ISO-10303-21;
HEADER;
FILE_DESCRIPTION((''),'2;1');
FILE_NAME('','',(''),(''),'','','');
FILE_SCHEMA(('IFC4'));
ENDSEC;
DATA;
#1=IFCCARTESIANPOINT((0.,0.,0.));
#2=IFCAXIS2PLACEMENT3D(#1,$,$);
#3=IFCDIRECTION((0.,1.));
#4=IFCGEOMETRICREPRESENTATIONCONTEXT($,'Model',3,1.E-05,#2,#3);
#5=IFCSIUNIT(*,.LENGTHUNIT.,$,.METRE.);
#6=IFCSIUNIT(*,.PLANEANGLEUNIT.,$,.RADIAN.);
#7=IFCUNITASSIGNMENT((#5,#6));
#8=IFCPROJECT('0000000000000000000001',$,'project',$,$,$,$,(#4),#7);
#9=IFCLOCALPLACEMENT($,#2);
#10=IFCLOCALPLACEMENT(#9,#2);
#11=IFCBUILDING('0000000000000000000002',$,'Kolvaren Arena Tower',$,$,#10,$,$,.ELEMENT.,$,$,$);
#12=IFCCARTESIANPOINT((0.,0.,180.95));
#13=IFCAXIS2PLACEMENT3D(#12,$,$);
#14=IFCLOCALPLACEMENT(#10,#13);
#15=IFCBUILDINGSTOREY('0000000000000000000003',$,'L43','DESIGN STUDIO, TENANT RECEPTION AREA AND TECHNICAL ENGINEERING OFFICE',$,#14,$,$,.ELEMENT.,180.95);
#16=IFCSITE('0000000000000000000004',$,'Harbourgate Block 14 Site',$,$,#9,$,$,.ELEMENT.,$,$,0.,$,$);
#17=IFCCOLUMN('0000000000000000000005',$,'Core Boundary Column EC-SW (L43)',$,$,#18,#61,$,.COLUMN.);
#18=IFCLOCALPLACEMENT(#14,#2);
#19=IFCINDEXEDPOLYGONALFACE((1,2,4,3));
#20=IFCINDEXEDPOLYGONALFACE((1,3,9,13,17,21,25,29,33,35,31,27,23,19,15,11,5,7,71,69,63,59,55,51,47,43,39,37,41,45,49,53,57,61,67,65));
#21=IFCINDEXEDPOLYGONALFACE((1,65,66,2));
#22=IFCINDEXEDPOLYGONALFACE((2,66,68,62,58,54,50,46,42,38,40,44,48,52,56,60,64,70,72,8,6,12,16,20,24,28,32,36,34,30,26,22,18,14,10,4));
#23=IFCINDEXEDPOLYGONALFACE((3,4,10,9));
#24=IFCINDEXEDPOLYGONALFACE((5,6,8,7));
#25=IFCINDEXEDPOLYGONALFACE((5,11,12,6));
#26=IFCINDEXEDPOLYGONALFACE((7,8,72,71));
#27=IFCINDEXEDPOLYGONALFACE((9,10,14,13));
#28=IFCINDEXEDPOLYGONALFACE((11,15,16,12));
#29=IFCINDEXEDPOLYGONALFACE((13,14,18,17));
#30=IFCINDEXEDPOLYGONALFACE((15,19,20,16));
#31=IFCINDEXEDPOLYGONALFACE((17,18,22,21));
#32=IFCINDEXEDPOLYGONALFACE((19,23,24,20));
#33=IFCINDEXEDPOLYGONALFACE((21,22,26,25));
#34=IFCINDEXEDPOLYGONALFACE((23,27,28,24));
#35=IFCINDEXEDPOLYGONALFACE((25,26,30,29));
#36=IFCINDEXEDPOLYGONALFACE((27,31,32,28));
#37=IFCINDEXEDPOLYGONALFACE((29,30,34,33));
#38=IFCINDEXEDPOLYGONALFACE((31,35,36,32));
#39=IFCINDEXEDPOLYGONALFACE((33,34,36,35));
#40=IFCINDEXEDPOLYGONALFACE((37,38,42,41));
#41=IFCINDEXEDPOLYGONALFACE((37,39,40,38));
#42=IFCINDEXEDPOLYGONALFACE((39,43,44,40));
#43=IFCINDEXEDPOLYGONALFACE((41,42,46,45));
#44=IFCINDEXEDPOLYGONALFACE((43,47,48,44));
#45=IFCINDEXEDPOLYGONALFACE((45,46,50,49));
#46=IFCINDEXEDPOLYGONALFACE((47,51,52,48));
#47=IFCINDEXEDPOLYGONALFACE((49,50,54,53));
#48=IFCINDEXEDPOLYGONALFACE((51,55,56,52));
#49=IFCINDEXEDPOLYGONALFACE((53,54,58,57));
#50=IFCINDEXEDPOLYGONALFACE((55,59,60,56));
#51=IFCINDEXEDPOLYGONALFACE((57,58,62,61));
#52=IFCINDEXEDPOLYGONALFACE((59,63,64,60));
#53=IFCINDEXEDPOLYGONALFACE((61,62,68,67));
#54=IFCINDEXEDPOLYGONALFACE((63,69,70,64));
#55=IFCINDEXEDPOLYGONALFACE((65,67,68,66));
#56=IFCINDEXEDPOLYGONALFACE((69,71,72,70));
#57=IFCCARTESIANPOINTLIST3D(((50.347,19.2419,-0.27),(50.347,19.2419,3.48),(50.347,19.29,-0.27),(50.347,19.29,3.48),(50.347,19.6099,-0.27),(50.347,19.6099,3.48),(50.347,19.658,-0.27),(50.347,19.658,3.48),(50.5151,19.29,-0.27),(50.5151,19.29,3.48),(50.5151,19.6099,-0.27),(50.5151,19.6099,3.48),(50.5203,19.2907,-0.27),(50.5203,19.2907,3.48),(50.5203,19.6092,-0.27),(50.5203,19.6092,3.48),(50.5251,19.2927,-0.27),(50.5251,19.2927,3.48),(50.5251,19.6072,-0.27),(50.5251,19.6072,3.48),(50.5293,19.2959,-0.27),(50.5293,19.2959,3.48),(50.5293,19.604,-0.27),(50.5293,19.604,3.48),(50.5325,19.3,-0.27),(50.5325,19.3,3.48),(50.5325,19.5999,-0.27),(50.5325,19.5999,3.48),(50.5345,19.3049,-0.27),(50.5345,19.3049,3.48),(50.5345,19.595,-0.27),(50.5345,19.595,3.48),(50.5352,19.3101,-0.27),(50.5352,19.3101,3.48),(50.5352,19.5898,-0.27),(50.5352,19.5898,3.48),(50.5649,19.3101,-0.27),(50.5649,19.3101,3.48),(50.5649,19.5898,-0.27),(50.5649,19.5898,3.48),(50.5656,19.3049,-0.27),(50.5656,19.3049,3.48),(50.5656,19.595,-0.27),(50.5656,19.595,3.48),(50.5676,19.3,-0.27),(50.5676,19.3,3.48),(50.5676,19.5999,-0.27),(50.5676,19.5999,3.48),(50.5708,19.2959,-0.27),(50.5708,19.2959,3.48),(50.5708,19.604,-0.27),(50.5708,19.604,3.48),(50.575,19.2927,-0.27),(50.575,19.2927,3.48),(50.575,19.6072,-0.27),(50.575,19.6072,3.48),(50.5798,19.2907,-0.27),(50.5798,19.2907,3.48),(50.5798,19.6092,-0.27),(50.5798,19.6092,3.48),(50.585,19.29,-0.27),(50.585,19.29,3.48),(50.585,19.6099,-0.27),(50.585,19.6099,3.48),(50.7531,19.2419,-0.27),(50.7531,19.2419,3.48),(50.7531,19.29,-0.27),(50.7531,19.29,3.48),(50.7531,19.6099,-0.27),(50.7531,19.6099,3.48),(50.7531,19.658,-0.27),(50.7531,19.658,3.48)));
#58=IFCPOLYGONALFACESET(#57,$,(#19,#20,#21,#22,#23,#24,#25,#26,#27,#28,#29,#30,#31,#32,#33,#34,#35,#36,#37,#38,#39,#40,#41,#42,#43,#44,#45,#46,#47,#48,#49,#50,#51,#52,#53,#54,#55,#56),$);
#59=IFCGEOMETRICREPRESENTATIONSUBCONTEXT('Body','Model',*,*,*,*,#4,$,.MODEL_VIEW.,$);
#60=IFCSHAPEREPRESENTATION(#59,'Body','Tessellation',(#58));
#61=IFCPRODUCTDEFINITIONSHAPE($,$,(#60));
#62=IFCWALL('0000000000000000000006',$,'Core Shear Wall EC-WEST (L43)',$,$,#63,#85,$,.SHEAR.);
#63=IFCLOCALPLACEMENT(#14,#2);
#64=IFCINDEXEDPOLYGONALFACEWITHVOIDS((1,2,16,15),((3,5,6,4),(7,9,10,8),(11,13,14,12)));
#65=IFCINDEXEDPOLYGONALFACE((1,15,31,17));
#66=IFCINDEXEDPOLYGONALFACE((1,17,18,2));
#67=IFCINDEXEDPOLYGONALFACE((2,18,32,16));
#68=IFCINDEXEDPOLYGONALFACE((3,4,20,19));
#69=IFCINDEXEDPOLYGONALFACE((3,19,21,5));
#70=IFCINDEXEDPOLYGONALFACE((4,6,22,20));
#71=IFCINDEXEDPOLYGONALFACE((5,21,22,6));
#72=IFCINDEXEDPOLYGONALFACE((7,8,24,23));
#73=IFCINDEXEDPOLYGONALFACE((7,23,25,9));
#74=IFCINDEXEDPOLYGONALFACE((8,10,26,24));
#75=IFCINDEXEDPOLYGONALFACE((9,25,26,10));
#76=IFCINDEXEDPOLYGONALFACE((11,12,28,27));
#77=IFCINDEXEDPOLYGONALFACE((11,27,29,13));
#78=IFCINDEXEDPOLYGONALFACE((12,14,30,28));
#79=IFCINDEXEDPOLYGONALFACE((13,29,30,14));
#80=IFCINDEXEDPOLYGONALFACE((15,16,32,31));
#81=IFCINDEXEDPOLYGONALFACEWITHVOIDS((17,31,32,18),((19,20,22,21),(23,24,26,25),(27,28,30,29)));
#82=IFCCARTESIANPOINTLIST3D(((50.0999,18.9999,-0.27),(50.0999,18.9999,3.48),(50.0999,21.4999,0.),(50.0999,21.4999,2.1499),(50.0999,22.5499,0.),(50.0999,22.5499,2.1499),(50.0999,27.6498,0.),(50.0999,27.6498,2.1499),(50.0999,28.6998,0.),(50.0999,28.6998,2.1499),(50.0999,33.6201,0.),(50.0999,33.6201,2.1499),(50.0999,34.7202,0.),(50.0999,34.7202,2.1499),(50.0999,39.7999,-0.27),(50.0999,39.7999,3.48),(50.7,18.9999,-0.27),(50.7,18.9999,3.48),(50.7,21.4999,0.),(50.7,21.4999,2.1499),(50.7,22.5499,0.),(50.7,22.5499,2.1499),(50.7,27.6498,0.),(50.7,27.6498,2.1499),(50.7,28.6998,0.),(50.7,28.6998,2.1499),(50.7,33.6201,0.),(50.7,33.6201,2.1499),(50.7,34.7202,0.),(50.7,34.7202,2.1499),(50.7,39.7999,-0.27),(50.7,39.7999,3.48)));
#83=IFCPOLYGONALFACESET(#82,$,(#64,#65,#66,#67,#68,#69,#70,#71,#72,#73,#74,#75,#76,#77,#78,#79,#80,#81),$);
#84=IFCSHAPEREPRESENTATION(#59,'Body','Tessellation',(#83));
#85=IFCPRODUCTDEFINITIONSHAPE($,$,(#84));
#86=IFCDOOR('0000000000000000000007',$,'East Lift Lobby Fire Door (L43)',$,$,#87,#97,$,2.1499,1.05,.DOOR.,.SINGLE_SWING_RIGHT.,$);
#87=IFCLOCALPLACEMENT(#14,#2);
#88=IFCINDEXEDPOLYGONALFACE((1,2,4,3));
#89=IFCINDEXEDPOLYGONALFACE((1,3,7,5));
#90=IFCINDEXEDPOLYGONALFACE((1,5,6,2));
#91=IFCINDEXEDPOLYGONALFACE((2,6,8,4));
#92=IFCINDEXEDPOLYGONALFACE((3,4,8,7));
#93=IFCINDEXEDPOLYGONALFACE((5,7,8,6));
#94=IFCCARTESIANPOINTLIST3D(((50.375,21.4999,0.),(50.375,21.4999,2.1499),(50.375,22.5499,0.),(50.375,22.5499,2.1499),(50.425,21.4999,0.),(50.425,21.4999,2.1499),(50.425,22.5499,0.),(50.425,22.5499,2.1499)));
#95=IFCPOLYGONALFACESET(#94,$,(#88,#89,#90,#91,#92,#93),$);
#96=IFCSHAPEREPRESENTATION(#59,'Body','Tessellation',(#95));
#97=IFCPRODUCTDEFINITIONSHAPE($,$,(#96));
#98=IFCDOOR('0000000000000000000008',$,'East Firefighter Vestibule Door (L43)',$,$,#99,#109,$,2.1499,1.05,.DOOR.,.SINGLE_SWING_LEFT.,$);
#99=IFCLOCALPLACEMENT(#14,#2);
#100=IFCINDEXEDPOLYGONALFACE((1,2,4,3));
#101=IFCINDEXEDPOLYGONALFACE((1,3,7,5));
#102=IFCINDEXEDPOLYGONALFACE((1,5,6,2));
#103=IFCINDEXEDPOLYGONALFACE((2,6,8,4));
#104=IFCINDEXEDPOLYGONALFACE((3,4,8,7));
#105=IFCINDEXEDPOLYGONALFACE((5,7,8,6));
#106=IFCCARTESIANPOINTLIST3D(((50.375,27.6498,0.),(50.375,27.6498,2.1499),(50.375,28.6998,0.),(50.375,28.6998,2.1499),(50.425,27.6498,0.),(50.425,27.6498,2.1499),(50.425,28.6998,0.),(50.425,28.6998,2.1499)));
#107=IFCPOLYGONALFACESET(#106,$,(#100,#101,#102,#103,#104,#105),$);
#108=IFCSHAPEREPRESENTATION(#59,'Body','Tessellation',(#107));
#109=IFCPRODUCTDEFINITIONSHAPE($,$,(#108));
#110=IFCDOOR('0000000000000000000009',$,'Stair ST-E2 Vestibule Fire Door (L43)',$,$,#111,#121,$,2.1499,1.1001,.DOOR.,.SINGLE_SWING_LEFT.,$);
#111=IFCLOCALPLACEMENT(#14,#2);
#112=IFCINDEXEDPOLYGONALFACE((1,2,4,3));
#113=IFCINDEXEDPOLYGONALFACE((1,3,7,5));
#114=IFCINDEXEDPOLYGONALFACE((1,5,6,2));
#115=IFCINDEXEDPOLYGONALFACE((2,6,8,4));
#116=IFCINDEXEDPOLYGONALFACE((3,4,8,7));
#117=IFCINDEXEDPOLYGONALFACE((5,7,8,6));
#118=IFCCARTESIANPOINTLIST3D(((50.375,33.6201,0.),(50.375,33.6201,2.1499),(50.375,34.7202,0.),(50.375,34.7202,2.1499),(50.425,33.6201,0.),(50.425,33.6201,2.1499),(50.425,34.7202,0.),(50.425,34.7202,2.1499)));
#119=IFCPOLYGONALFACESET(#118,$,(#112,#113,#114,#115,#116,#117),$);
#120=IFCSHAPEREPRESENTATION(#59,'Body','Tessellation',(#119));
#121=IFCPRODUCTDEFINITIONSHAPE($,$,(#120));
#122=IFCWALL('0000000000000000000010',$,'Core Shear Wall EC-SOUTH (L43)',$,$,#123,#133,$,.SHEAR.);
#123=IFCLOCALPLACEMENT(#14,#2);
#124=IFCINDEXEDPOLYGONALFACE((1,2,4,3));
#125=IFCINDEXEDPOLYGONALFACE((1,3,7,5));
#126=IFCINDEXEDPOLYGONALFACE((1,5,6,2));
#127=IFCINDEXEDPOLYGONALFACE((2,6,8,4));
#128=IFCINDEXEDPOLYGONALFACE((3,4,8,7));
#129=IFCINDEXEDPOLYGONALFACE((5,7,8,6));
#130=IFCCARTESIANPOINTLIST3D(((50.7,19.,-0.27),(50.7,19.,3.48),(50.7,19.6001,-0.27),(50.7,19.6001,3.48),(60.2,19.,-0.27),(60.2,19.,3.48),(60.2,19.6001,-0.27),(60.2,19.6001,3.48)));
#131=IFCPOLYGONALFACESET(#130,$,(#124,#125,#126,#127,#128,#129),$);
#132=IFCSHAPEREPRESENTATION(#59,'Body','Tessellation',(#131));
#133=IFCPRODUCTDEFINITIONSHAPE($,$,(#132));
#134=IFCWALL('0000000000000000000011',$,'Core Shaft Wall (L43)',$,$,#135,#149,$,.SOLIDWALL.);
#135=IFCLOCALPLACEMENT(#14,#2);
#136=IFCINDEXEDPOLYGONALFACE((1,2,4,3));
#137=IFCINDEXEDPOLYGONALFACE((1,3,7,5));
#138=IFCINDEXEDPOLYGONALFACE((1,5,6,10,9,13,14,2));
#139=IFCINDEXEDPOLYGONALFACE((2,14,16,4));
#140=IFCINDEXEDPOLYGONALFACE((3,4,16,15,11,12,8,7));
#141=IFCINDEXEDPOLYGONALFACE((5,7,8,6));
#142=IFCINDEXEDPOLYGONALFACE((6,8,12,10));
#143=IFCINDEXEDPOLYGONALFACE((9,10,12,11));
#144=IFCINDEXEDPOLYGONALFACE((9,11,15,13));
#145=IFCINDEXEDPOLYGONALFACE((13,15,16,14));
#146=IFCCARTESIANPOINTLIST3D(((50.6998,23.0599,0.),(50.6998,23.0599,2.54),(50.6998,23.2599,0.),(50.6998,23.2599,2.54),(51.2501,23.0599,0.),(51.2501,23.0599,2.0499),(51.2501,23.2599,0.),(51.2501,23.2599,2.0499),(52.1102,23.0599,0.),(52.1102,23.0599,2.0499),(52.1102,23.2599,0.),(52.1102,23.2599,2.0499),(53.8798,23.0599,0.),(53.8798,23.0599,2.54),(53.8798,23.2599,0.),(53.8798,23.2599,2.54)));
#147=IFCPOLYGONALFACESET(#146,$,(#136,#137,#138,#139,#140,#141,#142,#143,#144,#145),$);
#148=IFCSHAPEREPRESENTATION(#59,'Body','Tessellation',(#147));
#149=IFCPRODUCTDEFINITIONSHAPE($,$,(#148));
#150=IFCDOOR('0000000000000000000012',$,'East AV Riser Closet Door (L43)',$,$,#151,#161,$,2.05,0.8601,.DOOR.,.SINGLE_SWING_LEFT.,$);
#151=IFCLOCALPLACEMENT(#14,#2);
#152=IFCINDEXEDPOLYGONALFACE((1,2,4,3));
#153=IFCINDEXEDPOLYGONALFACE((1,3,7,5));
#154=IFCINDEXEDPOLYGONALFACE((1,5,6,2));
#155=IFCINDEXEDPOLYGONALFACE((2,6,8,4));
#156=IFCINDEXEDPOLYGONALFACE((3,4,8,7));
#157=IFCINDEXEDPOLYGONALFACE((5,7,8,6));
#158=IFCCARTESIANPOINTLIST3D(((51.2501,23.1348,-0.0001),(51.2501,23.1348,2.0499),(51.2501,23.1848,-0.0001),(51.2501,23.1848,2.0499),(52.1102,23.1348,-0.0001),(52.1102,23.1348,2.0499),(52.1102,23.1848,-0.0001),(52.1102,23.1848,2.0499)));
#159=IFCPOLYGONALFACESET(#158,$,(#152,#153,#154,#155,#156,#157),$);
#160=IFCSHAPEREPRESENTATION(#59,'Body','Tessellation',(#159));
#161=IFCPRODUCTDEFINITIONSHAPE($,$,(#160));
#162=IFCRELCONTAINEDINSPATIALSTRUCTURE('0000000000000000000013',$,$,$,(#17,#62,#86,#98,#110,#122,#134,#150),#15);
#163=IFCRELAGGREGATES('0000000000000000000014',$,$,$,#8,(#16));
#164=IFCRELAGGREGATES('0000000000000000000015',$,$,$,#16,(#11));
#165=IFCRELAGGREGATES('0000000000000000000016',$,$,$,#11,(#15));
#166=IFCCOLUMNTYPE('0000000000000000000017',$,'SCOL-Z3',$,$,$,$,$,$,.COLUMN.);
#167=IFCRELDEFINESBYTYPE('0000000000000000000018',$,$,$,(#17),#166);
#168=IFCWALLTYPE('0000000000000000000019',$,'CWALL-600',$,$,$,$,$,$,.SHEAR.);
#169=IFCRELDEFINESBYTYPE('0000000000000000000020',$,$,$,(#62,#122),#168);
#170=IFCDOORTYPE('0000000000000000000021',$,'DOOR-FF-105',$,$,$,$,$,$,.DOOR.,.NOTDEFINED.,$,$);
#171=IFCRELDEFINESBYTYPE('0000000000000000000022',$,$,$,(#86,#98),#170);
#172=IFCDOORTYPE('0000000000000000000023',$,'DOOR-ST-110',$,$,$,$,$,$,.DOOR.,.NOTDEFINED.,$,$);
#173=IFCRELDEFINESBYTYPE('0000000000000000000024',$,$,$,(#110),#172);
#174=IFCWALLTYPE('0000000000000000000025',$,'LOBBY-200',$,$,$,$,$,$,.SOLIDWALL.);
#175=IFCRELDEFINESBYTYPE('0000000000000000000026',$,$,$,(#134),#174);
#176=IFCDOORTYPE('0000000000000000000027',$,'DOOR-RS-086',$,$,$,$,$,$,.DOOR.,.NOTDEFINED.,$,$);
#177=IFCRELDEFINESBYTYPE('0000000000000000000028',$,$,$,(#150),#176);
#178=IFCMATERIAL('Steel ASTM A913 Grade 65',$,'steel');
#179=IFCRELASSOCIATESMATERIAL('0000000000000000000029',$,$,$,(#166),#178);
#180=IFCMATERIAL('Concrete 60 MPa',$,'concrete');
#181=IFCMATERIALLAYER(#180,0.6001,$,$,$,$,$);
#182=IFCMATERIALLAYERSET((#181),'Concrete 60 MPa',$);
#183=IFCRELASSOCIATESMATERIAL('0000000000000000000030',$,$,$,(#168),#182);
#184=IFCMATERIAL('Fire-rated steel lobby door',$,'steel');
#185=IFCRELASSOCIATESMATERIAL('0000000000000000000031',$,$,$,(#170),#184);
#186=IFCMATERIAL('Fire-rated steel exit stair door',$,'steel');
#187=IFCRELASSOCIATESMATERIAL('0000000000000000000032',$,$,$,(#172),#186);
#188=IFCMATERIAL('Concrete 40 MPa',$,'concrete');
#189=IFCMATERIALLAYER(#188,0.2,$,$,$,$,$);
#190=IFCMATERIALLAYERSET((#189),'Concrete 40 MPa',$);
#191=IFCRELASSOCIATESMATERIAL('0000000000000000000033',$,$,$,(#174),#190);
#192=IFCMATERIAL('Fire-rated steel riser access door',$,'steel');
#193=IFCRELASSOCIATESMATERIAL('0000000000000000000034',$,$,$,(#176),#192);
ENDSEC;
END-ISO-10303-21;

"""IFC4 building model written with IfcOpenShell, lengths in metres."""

from ifc_helpers import new_model, si_unit, direction, frame, frame_2d, origin, origin_2d, place, context, subcontext, project, spatial, rectangle, i_section, extrude, material, layer, layer_set, material_profile, profile_set, type_object, element, fill, save


model = new_model("IFC4")

# Units and contexts
model_context = context("Model", 3, precision=1e-05, world=origin(), true_north=direction((0.0, 1.0)))
body_context = subcontext(model_context, "Body", "Model", "MODEL_VIEW")
ifc_project = project(units=[si_unit("LENGTHUNIT", "METRE"), si_unit("PLANEANGLEUNIT", "RADIAN")], contexts=[model_context])

# Site, building, storey
site_placement = place(None, origin())
site = spatial("IfcSite", under=ifc_project, at=site_placement, Name="Harbourgate Block 14 Site", CompositionType="ELEMENT", RefElevation=0.0)
building_placement = place(site_placement, origin())
building = spatial("IfcBuilding", under=site, at=building_placement, Name="Kolvaren Arena Tower", CompositionType="ELEMENT")
storey_placement = place(building_placement, frame((0.0, 0.0, 180.95)))
storey = spatial("IfcBuildingStorey", under=building, at=storey_placement, Name="L43", Description="DESIGN STUDIO, TENANT RECEPTION AREA AND TECHNICAL ENGINEERING OFFICE", CompositionType="ELEMENT", Elevation=180.95)

# Column
ifc_material_1 = material(Name="Steel ASTM A913 Grade 65", Category="steel")
ifc_material_profile = material_profile(ifc_material_1, i_section(OverallWidth=0.406, OverallDepth=0.416, WebThickness=0.0298, FlangeThickness=0.0481, FilletRadius=0.02, at=origin_2d()), Name="W360x382")
ifc_profile_set = profile_set([ifc_material_profile], Name="Steel ASTM A913 Grade 65")
column_type = type_object("IfcColumnType", Name="SCOL-Z3", PredefinedType="COLUMN", material=ifc_profile_set)
column_placement = place(storey_placement, frame((50.55, 19.45, -0.27), z_axis=(0.0, 0.0, 1.0), x_axis=(1.0, 0.0, 0.0)))
element("IfcColumn", 1, at=column_placement, inside=storey, type_object=column_type, Name="Core Boundary Column EC-SW (L43)", PredefinedType="COLUMN", context=body_context, shape_type="SweptSolid", body=[
    extrude(i_section(OverallWidth=0.406, OverallDepth=0.416, WebThickness=0.0298, FlangeThickness=0.0481, FilletRadius=0.02, at=origin_2d()), origin(), (0.0, 0.0, 1.0), 3.75),
])

# Wall, openings, doors
ifc_material_2 = material(Name="Concrete 60 MPa", Category="concrete")
ifc_layer_1 = layer(ifc_material_2, 0.6001)
ifc_layer_set_1 = layer_set([ifc_layer_1], Name="Concrete 60 MPa")
wall_type_1 = type_object("IfcWallType", Name="CWALL-600", PredefinedType="SHEAR", material=ifc_layer_set_1)
wall_1_placement = place(storey_placement, frame((50.3999, 19.0, -0.27), z_axis=(0.0, 0.0, 1.0), x_axis=(0.0, 1.0, 0.0)))
wall_1 = element("IfcWall", 2, at=wall_1_placement, inside=storey, type_object=wall_type_1, Name="Core Shear Wall EC-WEST (L43)", PredefinedType="SHEAR", context=body_context, shape_type="SweptSolid", body=[
    extrude(rectangle(XDim=20.8, YDim=0.6001, at=frame_2d((10.3999, 0.0))), origin(), (0.0, 0.0, 1.0), 3.75),
])
opening_1_placement = place(wall_1_placement, frame((2.5, 0.0, 0.27)))
opening_1 = element("IfcOpeningElement", 3, at=opening_1_placement, cuts=wall_1, PredefinedType="OPENING", context=body_context, shape_type="SweptSolid", body=[
    extrude(rectangle(XDim=1.05, YDim=2.1499, at=frame_2d((0.5249, 1.075))), frame((0.0, 0.3101, 0.0), z_axis=(0.0, -1.0, 0.0), x_axis=(1.0, 0.0, 0.0)), (0.0, 0.0, 1.0), 0.6201),
])
opening_2_placement = place(wall_1_placement, frame((8.6499, 0.0, 0.27)))
opening_2 = element("IfcOpeningElement", 4, at=opening_2_placement, cuts=wall_1, PredefinedType="OPENING", context=body_context, shape_type="SweptSolid", body=[
    extrude(rectangle(XDim=1.05, YDim=2.1499, at=frame_2d((0.5249, 1.075))), frame((0.0, 0.3101, 0.0), z_axis=(0.0, -1.0, 0.0), x_axis=(1.0, 0.0, 0.0)), (0.0, 0.0, 1.0), 0.6201),
])
opening_3_placement = place(wall_1_placement, frame((14.6201, 0.0, 0.27)))
opening_3 = element("IfcOpeningElement", 5, at=opening_3_placement, cuts=wall_1, PredefinedType="OPENING", context=body_context, shape_type="SweptSolid", body=[
    extrude(rectangle(XDim=1.1001, YDim=2.1499, at=frame_2d((0.55, 1.075))), frame((0.0, 0.3101, 0.0), z_axis=(0.0, -1.0, 0.0), x_axis=(1.0, 0.0, 0.0)), (0.0, 0.0, 1.0), 0.6201),
])
ifc_material_3 = material(Name="Fire-rated steel lobby door", Category="steel")
door_type_1 = type_object("IfcDoorType", Name="DOOR-FF-105", OperationType="NOTDEFINED", PredefinedType="DOOR", material=ifc_material_3)
door_1_placement = place(opening_1_placement, origin())
door_1 = element("IfcDoor", 6, at=door_1_placement, inside=storey, type_object=door_type_1, Name="East Lift Lobby Fire Door (L43)", OperationType="SINGLE_SWING_RIGHT", OverallHeight=2.1499, OverallWidth=1.05, PredefinedType="DOOR", context=body_context, shape_type="SweptSolid", body=[
    extrude(rectangle(XDim=1.05, YDim=2.1499, at=frame_2d((0.5249, 1.075))), frame((0.0, 0.0249, 0.0), z_axis=(0.0, -1.0, 0.0), x_axis=(1.0, 0.0, 0.0)), (0.0, 0.0, 1.0), 0.05),
])
fill(opening_1, door_1)
door_2_placement = place(opening_2_placement, origin())
door_2 = element("IfcDoor", 7, at=door_2_placement, inside=storey, type_object=door_type_1, Name="East Firefighter Vestibule Door (L43)", OperationType="SINGLE_SWING_LEFT", OverallHeight=2.1499, OverallWidth=1.05, PredefinedType="DOOR", context=body_context, shape_type="SweptSolid", body=[
    extrude(rectangle(XDim=1.05, YDim=2.1499, at=frame_2d((0.5249, 1.075))), frame((0.0, 0.0249, 0.0), z_axis=(0.0, -1.0, 0.0), x_axis=(1.0, 0.0, 0.0)), (0.0, 0.0, 1.0), 0.05),
])
fill(opening_2, door_2)
ifc_material_4 = material(Name="Fire-rated steel exit stair door", Category="steel")
door_type_2 = type_object("IfcDoorType", Name="DOOR-ST-110", OperationType="NOTDEFINED", PredefinedType="DOOR", material=ifc_material_4)
door_3_placement = place(opening_3_placement, origin())
door_3 = element("IfcDoor", 8, at=door_3_placement, inside=storey, type_object=door_type_2, Name="Stair ST-E2 Vestibule Fire Door (L43)", OperationType="SINGLE_SWING_LEFT", OverallHeight=2.1499, OverallWidth=1.1001, PredefinedType="DOOR", context=body_context, shape_type="SweptSolid", body=[
    extrude(rectangle(XDim=1.1001, YDim=2.1499, at=frame_2d((0.55, 1.075))), frame((0.0, 0.0249, 0.0), z_axis=(0.0, -1.0, 0.0), x_axis=(1.0, 0.0, 0.0)), (0.0, 0.0, 1.0), 0.05),
])
fill(opening_3, door_3)

# Wall
wall_2_placement = place(storey_placement, frame((50.7, 19.3, -0.27), z_axis=(0.0, 0.0, 1.0), x_axis=(1.0, 0.0, 0.0)))
element("IfcWall", 9, at=wall_2_placement, inside=storey, type_object=wall_type_1, Name="Core Shear Wall EC-SOUTH (L43)", PredefinedType="SHEAR", context=body_context, shape_type="SweptSolid", body=[
    extrude(rectangle(XDim=9.5, YDim=0.6001, at=frame_2d((4.75, 0.0))), origin(), (0.0, 0.0, 1.0), 3.75),
])

# Shared definitions
ifc_material_5 = material(Name="Concrete 40 MPa", Category="concrete")
ifc_layer_2 = layer(ifc_material_5, 0.2)
ifc_layer_set_2 = layer_set([ifc_layer_2], Name="Concrete 40 MPa")
wall_type_2 = type_object("IfcWallType", Name="LOBBY-200", PredefinedType="SOLIDWALL", material=ifc_layer_set_2)

# Wall, opening, door
wall_3_placement = place(storey_placement, frame((50.7, 23.1599, 0.0), z_axis=(0.0, 0.0, 1.0), x_axis=(1.0, 0.0, 0.0)))
wall_3 = element("IfcWall", 10, at=wall_3_placement, inside=storey, type_object=wall_type_2, Name="Core Shaft Wall (L43)", PredefinedType="SOLIDWALL", context=body_context, shape_type="SweptSolid", body=[
    extrude(rectangle(XDim=3.1799, YDim=0.2, at=frame_2d((1.5898, 0.0))), origin(), (0.0, 0.0, 1.0), 2.54),
])
opening_4_placement = place(wall_3_placement, frame((0.55, 0.0, 0.0)))
opening_4 = element("IfcOpeningElement", 11, at=opening_4_placement, cuts=wall_3, PredefinedType="OPENING", context=body_context, shape_type="SweptSolid", body=[
    extrude(rectangle(XDim=0.8601, YDim=2.05, at=frame_2d((0.4302, 1.0249))), frame((0.0, 0.1099, 0.0), z_axis=(0.0, -1.0, 0.0), x_axis=(1.0, 0.0, 0.0)), (0.0, 0.0, 1.0), 0.22),
])
ifc_material_6 = material(Name="Fire-rated steel riser access door", Category="steel")
door_type_3 = type_object("IfcDoorType", Name="DOOR-RS-086", OperationType="NOTDEFINED", PredefinedType="DOOR", material=ifc_material_6)
door_4_placement = place(opening_4_placement, origin())
door_4 = element("IfcDoor", 12, at=door_4_placement, inside=storey, type_object=door_type_3, Name="East AV Riser Closet Door (L43)", OperationType="SINGLE_SWING_LEFT", OverallHeight=2.05, OverallWidth=0.8601, PredefinedType="DOOR", context=body_context, shape_type="SweptSolid", body=[
    extrude(rectangle(XDim=0.8601, YDim=2.05, at=frame_2d((0.4302, 1.0249))), frame((0.0, 0.0249, 0.0), z_axis=(0.0, -1.0, 0.0), x_axis=(1.0, 0.0, 0.0)), (0.0, 0.0, 1.0), 0.05),
])
fill(opening_4, door_4)

save(model, "model.ifc")
